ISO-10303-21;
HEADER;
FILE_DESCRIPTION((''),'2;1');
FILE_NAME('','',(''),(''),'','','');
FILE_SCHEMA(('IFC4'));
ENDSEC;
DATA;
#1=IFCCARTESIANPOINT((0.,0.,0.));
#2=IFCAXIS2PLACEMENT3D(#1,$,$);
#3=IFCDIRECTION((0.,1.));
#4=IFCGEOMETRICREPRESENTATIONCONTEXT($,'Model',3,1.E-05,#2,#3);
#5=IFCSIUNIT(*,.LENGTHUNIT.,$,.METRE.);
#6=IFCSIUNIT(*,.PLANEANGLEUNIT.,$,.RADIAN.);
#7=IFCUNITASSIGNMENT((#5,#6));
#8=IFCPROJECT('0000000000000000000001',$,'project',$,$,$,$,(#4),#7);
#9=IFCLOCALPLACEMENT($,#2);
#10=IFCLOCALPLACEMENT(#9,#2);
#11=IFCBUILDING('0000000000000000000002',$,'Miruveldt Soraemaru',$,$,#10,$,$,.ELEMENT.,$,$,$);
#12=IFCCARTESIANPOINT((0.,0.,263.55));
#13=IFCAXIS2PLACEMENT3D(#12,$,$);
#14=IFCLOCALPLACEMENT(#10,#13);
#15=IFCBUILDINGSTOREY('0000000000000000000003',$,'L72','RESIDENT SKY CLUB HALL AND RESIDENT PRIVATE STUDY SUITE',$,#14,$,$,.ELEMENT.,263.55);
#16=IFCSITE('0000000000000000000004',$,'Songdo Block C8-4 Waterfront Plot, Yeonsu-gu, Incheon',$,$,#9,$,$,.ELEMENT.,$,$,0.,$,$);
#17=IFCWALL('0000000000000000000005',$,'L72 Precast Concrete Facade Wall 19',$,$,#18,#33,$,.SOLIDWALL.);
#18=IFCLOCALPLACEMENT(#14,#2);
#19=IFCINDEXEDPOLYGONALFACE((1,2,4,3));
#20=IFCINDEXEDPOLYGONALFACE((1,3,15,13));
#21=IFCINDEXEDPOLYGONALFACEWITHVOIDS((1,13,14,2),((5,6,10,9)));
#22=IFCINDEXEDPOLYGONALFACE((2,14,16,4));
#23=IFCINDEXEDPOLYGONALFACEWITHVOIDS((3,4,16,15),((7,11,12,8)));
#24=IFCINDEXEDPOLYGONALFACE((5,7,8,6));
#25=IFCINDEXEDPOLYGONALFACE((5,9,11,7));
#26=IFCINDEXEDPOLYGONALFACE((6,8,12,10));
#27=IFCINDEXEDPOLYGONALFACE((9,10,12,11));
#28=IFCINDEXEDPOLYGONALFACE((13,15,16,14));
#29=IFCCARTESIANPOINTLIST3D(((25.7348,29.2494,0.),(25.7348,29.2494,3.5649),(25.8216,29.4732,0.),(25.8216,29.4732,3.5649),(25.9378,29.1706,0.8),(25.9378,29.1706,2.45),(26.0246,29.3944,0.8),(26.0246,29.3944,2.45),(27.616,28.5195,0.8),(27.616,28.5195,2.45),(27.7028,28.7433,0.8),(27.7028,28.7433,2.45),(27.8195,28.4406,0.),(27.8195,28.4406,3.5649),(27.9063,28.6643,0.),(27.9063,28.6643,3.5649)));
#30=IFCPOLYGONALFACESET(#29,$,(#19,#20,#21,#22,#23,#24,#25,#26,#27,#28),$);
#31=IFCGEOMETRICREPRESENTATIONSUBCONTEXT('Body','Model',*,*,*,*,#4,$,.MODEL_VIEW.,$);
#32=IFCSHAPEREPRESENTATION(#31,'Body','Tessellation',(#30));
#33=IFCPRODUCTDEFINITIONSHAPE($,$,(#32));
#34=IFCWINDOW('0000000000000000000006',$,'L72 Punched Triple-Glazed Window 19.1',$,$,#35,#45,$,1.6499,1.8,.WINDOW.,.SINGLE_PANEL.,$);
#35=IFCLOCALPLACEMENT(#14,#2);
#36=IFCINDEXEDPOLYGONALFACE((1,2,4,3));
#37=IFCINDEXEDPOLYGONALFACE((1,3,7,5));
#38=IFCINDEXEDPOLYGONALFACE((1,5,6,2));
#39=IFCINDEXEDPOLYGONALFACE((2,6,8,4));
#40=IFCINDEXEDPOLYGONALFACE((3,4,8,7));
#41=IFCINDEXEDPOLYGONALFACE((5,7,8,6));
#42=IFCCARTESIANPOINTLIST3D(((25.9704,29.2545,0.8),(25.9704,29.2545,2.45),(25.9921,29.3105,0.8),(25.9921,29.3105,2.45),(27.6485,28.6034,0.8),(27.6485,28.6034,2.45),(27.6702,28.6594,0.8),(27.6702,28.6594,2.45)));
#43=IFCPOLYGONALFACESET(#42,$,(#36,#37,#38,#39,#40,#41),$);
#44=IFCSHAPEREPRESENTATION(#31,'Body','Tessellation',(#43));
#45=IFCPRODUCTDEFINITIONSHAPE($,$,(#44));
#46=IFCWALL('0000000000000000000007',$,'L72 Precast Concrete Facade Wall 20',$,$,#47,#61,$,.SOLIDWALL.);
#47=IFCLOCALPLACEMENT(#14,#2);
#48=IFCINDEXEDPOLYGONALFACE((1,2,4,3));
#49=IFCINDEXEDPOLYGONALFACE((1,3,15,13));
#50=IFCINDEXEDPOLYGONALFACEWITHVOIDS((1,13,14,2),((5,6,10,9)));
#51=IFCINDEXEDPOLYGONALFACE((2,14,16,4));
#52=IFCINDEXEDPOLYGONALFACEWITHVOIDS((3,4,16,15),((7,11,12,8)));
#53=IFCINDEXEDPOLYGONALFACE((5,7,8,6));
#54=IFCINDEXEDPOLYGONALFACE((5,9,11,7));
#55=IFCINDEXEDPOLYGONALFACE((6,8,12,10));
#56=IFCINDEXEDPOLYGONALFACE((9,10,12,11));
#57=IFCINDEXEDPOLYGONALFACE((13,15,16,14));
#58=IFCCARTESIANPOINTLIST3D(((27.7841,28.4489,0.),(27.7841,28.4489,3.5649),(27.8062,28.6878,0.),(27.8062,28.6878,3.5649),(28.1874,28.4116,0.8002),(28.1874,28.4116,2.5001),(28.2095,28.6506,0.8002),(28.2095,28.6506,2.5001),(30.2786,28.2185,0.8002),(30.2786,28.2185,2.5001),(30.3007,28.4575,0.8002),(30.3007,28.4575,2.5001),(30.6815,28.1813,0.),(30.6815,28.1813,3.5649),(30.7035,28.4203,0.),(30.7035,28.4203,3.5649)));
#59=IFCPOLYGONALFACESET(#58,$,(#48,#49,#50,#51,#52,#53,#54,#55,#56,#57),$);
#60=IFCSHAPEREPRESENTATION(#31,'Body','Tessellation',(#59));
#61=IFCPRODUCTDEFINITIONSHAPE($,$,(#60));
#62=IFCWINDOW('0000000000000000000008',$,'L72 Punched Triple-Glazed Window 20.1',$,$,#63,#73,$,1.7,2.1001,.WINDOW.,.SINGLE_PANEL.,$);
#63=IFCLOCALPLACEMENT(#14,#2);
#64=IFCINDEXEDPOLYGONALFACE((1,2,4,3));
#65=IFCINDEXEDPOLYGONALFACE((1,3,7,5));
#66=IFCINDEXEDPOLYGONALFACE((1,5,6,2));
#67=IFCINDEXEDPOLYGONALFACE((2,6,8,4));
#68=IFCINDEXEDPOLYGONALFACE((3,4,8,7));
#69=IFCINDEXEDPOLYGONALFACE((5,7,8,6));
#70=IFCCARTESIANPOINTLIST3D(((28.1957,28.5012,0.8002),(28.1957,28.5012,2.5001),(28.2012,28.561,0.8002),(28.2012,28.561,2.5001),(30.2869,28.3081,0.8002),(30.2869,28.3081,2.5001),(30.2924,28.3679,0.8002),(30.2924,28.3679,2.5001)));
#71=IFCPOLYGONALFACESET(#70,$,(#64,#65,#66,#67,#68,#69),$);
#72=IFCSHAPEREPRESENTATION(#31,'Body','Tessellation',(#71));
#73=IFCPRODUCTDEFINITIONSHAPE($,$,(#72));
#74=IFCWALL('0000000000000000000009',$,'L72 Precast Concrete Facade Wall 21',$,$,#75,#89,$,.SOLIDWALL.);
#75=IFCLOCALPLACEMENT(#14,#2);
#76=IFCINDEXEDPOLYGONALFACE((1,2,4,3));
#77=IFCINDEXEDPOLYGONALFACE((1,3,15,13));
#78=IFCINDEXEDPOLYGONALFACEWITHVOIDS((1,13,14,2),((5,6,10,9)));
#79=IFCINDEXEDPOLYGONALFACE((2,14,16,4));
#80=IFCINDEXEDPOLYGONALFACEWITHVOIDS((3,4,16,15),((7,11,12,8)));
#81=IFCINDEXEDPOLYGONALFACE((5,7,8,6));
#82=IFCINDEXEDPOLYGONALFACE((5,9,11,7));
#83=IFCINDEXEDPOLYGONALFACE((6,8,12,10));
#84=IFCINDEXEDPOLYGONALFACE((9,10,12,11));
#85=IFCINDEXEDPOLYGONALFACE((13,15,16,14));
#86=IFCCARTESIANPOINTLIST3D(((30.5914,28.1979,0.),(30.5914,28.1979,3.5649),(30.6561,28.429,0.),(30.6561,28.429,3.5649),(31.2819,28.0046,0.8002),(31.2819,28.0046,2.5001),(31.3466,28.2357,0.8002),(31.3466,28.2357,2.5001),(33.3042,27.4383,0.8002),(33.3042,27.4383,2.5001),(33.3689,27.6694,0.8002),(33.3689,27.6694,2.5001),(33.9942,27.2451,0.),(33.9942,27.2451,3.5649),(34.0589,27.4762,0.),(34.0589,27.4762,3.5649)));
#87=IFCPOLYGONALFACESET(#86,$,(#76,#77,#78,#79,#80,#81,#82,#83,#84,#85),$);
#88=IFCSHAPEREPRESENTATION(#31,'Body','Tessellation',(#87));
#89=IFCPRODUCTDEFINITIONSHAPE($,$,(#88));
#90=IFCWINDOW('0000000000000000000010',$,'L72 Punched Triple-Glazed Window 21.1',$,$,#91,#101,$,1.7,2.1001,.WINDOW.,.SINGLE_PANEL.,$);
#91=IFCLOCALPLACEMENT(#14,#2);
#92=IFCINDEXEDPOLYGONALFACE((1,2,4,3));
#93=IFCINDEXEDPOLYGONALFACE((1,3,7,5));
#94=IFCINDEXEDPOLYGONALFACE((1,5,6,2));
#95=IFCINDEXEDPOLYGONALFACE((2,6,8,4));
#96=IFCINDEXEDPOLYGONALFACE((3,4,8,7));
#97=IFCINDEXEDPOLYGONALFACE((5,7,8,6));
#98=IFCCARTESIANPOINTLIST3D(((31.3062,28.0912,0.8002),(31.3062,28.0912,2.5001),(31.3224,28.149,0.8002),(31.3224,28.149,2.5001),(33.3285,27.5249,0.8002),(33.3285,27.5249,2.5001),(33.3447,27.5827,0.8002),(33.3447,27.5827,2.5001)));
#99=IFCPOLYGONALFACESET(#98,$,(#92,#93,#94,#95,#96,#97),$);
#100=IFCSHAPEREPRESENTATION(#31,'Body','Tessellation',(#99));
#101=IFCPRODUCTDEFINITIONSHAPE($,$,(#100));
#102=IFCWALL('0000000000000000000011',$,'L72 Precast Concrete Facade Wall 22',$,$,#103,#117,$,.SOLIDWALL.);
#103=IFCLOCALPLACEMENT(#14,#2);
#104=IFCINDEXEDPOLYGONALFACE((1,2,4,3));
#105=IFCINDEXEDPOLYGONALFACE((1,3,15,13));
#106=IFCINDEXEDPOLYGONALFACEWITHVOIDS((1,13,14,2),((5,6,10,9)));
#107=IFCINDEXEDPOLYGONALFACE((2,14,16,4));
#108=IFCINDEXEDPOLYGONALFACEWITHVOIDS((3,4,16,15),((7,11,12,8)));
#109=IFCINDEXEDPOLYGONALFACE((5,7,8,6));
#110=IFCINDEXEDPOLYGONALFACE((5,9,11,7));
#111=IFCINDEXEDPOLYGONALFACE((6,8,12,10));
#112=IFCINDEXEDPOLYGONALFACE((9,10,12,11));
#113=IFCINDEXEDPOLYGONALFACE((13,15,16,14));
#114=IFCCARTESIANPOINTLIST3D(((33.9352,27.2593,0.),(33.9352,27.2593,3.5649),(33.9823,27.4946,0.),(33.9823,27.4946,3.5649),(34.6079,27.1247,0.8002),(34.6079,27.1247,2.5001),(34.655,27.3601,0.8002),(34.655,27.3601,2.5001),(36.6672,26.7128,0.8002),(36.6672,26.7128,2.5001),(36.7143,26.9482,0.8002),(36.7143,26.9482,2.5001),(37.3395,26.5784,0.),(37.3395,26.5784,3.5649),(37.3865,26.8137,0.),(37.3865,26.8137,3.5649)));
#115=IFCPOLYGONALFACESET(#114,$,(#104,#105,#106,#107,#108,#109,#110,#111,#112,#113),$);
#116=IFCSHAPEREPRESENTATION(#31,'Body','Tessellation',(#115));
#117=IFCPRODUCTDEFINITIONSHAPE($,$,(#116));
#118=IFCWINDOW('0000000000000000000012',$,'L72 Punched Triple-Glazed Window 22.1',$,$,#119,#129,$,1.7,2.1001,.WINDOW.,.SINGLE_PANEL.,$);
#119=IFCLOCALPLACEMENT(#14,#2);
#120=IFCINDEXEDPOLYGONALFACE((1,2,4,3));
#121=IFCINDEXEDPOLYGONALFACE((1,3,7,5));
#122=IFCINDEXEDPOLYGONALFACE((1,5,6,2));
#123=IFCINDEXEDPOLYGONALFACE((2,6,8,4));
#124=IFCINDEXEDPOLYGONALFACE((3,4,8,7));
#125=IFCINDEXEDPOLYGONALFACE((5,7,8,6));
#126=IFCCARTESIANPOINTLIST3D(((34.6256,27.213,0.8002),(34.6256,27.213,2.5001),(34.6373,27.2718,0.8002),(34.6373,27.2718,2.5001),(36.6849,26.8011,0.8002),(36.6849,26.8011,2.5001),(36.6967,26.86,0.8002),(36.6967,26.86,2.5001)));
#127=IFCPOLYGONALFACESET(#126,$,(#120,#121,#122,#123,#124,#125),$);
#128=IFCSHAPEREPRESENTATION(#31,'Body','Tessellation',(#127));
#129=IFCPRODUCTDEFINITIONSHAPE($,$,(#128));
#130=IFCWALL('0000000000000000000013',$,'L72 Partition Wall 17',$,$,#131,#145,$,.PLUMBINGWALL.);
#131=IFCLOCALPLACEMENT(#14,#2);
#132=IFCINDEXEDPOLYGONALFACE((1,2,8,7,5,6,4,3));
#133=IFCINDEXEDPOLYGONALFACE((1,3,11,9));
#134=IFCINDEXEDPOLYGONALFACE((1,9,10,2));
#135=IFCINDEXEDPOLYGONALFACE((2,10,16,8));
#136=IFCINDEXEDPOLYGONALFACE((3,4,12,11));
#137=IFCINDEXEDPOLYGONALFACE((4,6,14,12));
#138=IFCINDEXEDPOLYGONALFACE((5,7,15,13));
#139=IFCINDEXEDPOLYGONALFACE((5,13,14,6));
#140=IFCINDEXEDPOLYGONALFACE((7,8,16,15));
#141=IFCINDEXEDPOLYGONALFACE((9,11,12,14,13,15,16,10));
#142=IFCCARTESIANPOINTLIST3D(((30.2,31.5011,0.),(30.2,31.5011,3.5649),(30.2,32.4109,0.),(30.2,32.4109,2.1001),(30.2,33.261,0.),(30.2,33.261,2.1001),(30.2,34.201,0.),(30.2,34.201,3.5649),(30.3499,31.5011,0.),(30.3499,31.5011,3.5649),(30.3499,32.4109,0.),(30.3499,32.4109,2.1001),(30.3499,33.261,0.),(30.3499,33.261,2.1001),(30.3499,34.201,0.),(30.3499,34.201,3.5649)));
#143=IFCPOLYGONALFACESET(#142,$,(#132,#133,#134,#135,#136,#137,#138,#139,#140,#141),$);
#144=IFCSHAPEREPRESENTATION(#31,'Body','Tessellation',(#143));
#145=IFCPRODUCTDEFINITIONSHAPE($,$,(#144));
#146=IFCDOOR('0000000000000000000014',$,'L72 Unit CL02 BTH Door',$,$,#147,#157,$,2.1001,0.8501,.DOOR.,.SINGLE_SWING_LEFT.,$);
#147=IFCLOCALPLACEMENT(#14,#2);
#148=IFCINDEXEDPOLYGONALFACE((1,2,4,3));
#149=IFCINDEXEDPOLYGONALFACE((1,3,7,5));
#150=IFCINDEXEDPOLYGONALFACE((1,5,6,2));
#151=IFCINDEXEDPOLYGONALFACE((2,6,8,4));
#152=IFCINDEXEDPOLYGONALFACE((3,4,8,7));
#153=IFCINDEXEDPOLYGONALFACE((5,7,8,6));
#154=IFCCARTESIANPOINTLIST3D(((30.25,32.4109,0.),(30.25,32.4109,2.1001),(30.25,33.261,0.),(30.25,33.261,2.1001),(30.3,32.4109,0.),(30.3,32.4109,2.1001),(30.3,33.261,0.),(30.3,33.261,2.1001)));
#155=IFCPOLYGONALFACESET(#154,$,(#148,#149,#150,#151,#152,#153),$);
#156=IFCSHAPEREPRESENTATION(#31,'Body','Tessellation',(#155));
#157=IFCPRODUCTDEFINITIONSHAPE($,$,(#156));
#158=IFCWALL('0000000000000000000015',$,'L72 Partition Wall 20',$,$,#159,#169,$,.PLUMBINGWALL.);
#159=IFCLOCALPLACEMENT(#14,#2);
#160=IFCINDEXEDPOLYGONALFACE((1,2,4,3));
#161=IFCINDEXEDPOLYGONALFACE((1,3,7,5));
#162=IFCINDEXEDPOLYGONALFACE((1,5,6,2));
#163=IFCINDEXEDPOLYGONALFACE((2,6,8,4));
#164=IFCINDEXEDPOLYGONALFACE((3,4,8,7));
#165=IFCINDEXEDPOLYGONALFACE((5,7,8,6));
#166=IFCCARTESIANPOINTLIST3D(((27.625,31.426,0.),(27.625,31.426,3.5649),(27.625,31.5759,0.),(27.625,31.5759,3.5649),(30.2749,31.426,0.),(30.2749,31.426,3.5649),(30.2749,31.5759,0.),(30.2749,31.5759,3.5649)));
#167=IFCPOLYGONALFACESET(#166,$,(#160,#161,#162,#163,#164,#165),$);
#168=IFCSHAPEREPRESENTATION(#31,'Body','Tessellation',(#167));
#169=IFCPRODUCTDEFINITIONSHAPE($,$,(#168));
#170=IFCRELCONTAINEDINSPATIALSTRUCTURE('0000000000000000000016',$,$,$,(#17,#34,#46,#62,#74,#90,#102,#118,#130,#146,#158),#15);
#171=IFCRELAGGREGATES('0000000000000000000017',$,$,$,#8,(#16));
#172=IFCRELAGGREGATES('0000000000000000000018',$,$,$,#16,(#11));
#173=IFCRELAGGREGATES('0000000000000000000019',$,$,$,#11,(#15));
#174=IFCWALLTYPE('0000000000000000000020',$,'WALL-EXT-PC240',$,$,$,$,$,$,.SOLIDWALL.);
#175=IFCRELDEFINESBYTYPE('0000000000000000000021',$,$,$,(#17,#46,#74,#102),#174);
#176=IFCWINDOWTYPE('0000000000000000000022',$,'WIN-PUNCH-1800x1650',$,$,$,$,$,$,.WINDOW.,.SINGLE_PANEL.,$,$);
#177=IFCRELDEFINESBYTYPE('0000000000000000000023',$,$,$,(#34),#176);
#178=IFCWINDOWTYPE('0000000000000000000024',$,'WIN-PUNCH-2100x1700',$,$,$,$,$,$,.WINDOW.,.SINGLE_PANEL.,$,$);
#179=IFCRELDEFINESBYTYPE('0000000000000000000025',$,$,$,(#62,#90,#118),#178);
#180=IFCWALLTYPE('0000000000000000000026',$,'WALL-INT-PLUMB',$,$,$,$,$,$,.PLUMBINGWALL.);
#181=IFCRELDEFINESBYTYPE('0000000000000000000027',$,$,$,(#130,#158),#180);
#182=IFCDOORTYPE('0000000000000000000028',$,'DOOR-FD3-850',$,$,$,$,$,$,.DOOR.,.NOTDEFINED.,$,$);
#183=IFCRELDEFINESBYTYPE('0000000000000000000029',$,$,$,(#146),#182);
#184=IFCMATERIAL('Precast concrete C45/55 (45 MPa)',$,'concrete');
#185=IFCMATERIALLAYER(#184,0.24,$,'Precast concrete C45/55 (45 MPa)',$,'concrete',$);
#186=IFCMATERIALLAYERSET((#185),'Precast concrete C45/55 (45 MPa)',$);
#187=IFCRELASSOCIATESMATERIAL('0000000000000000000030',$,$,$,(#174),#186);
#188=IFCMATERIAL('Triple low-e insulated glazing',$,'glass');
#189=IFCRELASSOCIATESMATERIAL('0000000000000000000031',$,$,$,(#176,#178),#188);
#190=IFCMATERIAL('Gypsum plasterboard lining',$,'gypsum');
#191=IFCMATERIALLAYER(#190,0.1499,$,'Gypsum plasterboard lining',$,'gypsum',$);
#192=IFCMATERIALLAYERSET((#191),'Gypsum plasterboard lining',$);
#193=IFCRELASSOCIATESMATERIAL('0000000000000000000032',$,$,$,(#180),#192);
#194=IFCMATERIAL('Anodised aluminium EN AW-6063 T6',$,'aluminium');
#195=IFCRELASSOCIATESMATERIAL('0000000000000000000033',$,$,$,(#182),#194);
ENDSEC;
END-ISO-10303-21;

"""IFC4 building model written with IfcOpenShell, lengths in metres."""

from ifc_helpers import new_model, si_unit, direction, frame, frame_2d, origin, place, context, subcontext, project, spatial, rectangle, extrude, material, layer, layer_set, type_object, element, fill, save


model = new_model("IFC4")

# Units and contexts
model_context = context("Model", 3, precision=1e-05, world=origin(), true_north=direction((0.0, 1.0)))
body_context = subcontext(model_context, "Body", "Model", "MODEL_VIEW")
ifc_project = project(units=[si_unit("LENGTHUNIT", "METRE"), si_unit("PLANEANGLEUNIT", "RADIAN")], contexts=[model_context])

# Site, building, storey
site_placement = place(None, origin())
site = spatial("IfcSite", under=ifc_project, at=site_placement, Name="Songdo Block C8-4 Waterfront Plot, Yeonsu-gu, Incheon", CompositionType="ELEMENT", RefElevation=0.0)
building_placement = place(site_placement, origin())
building = spatial("IfcBuilding", under=site, at=building_placement, Name="Miruveldt Soraemaru", CompositionType="ELEMENT")
storey_placement = place(building_placement, frame((0.0, 0.0, 263.55)))
storey = spatial("IfcBuildingStorey", under=building, at=storey_placement, Name="L72", Description="RESIDENT SKY CLUB HALL AND RESIDENT PRIVATE STUDY SUITE", CompositionType="ELEMENT", Elevation=263.55)

# Walls, openings, windows
ifc_material_1 = material(Name="Precast concrete C45/55 (45 MPa)", Category="concrete")
ifc_layer_1 = layer(ifc_material_1, 0.24, Name="Precast concrete C45/55 (45 MPa)", Category="concrete")
ifc_layer_set_1 = layer_set([ifc_layer_1], Name="Precast concrete C45/55 (45 MPa)")
wall_type_1 = type_object("IfcWallType", Name="WALL-EXT-PC240", PredefinedType="SOLIDWALL", material=ifc_layer_set_1)
ifc_material_2 = material(Name="Triple low-e insulated glazing", Category="glass")
wall_1_placement = place(storey_placement, frame((25.7781, 29.3613, 0.0), z_axis=(0.0, 0.0, 1.0), x_axis=(0.932289, -0.361714, 0.0)))
wall_1 = element("IfcWall", 1, at=wall_1_placement, inside=storey, type_object=wall_type_1, Name="L72 Precast Concrete Facade Wall 19", PredefinedType="SOLIDWALL", context=body_context, shape_type="SweptSolid", body=[
    extrude(rectangle(XDim=2.2361, YDim=0.24, at=frame_2d((1.1182, 0.0))), origin(), (0.0, 0.0, 1.0), 3.5649),
])
opening_1_placement = place(wall_1_placement, frame((0.218, 0.0, 0.8)))
opening_1 = element("IfcOpeningElement", 2, at=opening_1_placement, cuts=wall_1, PredefinedType="OPENING", context=body_context, shape_type="SweptSolid", body=[
    extrude(rectangle(XDim=1.8, YDim=1.6499, at=frame_2d((0.8999, 0.825))), frame((0.0, 0.1299, 0.0), z_axis=(0.0, -1.0, 0.0), x_axis=(1.0, 0.0, 0.0)), (0.0, 0.0, 1.0), 0.26),
])
window_type_1 = type_object("IfcWindowType", Name="WIN-PUNCH-1800x1650", PartitioningType="SINGLE_PANEL", PredefinedType="WINDOW", material=ifc_material_2)
window_1_placement = place(opening_1_placement, origin())
window_1 = element("IfcWindow", 3, at=window_1_placement, inside=storey, type_object=window_type_1, Name="L72 Punched Triple-Glazed Window 19.1", OverallHeight=1.6499, OverallWidth=1.8, PartitioningType="SINGLE_PANEL", PredefinedType="WINDOW", context=body_context, shape_type="SweptSolid", body=[
    extrude(rectangle(XDim=1.8, YDim=1.6499, at=frame_2d((0.8999, 0.825))), frame((0.0, 0.03, 0.0), z_axis=(0.0, -1.0, 0.0), x_axis=(1.0, 0.0, 0.0)), (0.0, 0.0, 1.0), 0.0601),
])
fill(opening_1, window_1)
wall_2_placement = place(storey_placement, frame((27.7952, 28.5684, 0.0), z_axis=(0.0, 0.0, 1.0), x_axis=(0.995762, -0.091966, 0.0)))
wall_2 = element("IfcWall", 4, at=wall_2_placement, inside=storey, type_object=wall_type_1, Name="L72 Precast Concrete Facade Wall 20", PredefinedType="SOLIDWALL", context=body_context, shape_type="SweptSolid", body=[
    extrude(rectangle(XDim=2.9097, YDim=0.24, at=frame_2d((1.4548, 0.0))), origin(), (0.0, 0.0, 1.0), 3.5649),
])
opening_2_placement = place(wall_2_placement, frame((0.405, 0.0, 0.8)))
opening_2 = element("IfcOpeningElement", 5, at=opening_2_placement, cuts=wall_2, PredefinedType="OPENING", context=body_context, shape_type="SweptSolid", body=[
    extrude(rectangle(XDim=2.1001, YDim=1.7, at=frame_2d((1.05, 0.8501))), frame((0.0, 0.1299, 0.0), z_axis=(0.0, -1.0, 0.0), x_axis=(1.0, 0.0, 0.0)), (0.0, 0.0, 1.0), 0.26),
])
window_type_2 = type_object("IfcWindowType", Name="WIN-PUNCH-2100x1700", PartitioningType="SINGLE_PANEL", PredefinedType="WINDOW", material=ifc_material_2)
window_2_placement = place(opening_2_placement, origin())
window_2 = element("IfcWindow", 6, at=window_2_placement, inside=storey, type_object=window_type_2, Name="L72 Punched Triple-Glazed Window 20.1", OverallHeight=1.7, OverallWidth=2.1001, PartitioningType="SINGLE_PANEL", PredefinedType="WINDOW", context=body_context, shape_type="SweptSolid", body=[
    extrude(rectangle(XDim=2.1001, YDim=1.7, at=frame_2d((1.05, 0.8501))), frame((0.0, 0.03, 0.0), z_axis=(0.0, -1.0, 0.0), x_axis=(1.0, 0.0, 0.0)), (0.0, 0.0, 1.0), 0.0601),
])
fill(opening_2, window_2)
wall_3_placement = place(storey_placement, frame((30.6238, 28.3135, 0.0), z_axis=(0.0, 0.0, 1.0), x_axis=(0.962958, -0.269653, 0.0)))
wall_3 = element("IfcWall", 7, at=wall_3_placement, inside=storey, type_object=wall_type_1, Name="L72 Precast Concrete Facade Wall 21", PredefinedType="SOLIDWALL", context=body_context, shape_type="SweptSolid", body=[
    extrude(rectangle(XDim=3.5337, YDim=0.24, at=frame_2d((1.7668, 0.0))), origin(), (0.0, 0.0, 1.0), 3.5649),
])
opening_3_placement = place(wall_3_placement, frame((0.717, 0.0, 0.8)))
opening_3 = element("IfcOpeningElement", 8, at=opening_3_placement, cuts=wall_3, PredefinedType="OPENING", context=body_context, shape_type="SweptSolid", body=[
    extrude(rectangle(XDim=2.1001, YDim=1.7, at=frame_2d((1.05, 0.8501))), frame((0.0, 0.1299, 0.0), z_axis=(0.0, -1.0, 0.0), x_axis=(1.0, 0.0, 0.0)), (0.0, 0.0, 1.0), 0.26),
])
window_3_placement = place(opening_3_placement, origin())
window_3 = element("IfcWindow", 9, at=window_3_placement, inside=storey, type_object=window_type_2, Name="L72 Punched Triple-Glazed Window 21.1", OverallHeight=1.7, OverallWidth=2.1001, PartitioningType="SINGLE_PANEL", PredefinedType="WINDOW", context=body_context, shape_type="SweptSolid", body=[
    extrude(rectangle(XDim=2.1001, YDim=1.7, at=frame_2d((1.05, 0.8501))), frame((0.0, 0.03, 0.0), z_axis=(0.0, -1.0, 0.0), x_axis=(1.0, 0.0, 0.0)), (0.0, 0.0, 1.0), 0.0601),
])
fill(opening_3, window_3)
wall_4_placement = place(storey_placement, frame((33.9587, 27.377, 0.0), z_axis=(0.0, 0.0, 1.0), x_axis=(0.980578, -0.19613, 0.0)))
wall_4 = element("IfcWall", 10, at=wall_4_placement, inside=storey, type_object=wall_type_1, Name="L72 Precast Concrete Facade Wall 22", PredefinedType="SOLIDWALL", context=body_context, shape_type="SweptSolid", body=[
    extrude(rectangle(XDim=3.4717, YDim=0.24, at=frame_2d((1.7358, 0.0))), origin(), (0.0, 0.0, 1.0), 3.5649),
])
opening_4_placement = place(wall_4_placement, frame((0.686, 0.0, 0.8)))
opening_4 = element("IfcOpeningElement", 11, at=opening_4_placement, cuts=wall_4, PredefinedType="OPENING", context=body_context, shape_type="SweptSolid", body=[
    extrude(rectangle(XDim=2.1001, YDim=1.7, at=frame_2d((1.05, 0.8501))), frame((0.0, 0.1299, 0.0), z_axis=(0.0, -1.0, 0.0), x_axis=(1.0, 0.0, 0.0)), (0.0, 0.0, 1.0), 0.26),
])
window_4_placement = place(opening_4_placement, origin())
window_4 = element("IfcWindow", 12, at=window_4_placement, inside=storey, type_object=window_type_2, Name="L72 Punched Triple-Glazed Window 22.1", OverallHeight=1.7, OverallWidth=2.1001, PartitioningType="SINGLE_PANEL", PredefinedType="WINDOW", context=body_context, shape_type="SweptSolid", body=[
    extrude(rectangle(XDim=2.1001, YDim=1.7, at=frame_2d((1.05, 0.8501))), frame((0.0, 0.03, 0.0), z_axis=(0.0, -1.0, 0.0), x_axis=(1.0, 0.0, 0.0)), (0.0, 0.0, 1.0), 0.0601),
])
fill(opening_4, window_4)

# Wall, opening, door
ifc_material_3 = material(Name="Gypsum plasterboard lining", Category="gypsum")
ifc_layer_2 = layer(ifc_material_3, 0.1499, Name="Gypsum plasterboard lining", Category="gypsum")
ifc_layer_set_2 = layer_set([ifc_layer_2], Name="Gypsum plasterboard lining")
wall_type_2 = type_object("IfcWallType", Name="WALL-INT-PLUMB", PredefinedType="PLUMBINGWALL", material=ifc_layer_set_2)
wall_5_placement = place(storey_placement, frame((30.2749, 31.501, 0.0), z_axis=(0.0, 0.0, 1.0), x_axis=(0.0, 1.0, 0.0)))
wall_5 = element("IfcWall", 13, at=wall_5_placement, inside=storey, type_object=wall_type_2, Name="L72 Partition Wall 17", PredefinedType="PLUMBINGWALL", context=body_context, shape_type="SweptSolid", body=[
    extrude(rectangle(XDim=2.7, YDim=0.1499, at=frame_2d((1.3501, 0.0))), origin(), (0.0, 0.0, 1.0), 3.5649),
])
opening_5_placement = place(wall_5_placement, frame((0.9099, 0.0, 0.0)))
opening_5 = element("IfcOpeningElement", 14, at=opening_5_placement, cuts=wall_5, PredefinedType="OPENING", context=body_context, shape_type="SweptSolid", body=[
    extrude(rectangle(XDim=0.8501, YDim=2.1001, at=frame_2d((0.425, 1.05))), frame((0.0, 0.085, 0.0), z_axis=(0.0, -1.0, 0.0), x_axis=(1.0, 0.0, 0.0)), (0.0, 0.0, 1.0), 0.1699),
])
ifc_material_4 = material(Name="Anodised aluminium EN AW-6063 T6", Category="aluminium")
door_type = type_object("IfcDoorType", Name="DOOR-FD3-850", OperationType="NOTDEFINED", PredefinedType="DOOR", material=ifc_material_4)
door_placement = place(opening_5_placement, origin())
door = element("IfcDoor", 15, at=door_placement, inside=storey, type_object=door_type, Name="L72 Unit CL02 BTH Door", OperationType="SINGLE_SWING_LEFT", OverallHeight=2.1001, OverallWidth=0.8501, PredefinedType="DOOR", context=body_context, shape_type="SweptSolid", body=[
    extrude(rectangle(XDim=0.8501, YDim=2.1001, at=frame_2d((0.425, 1.05))), frame((0.0, 0.0249, 0.0), z_axis=(0.0, -1.0, 0.0), x_axis=(1.0, 0.0, 0.0)), (0.0, 0.0, 1.0), 0.05),
])
fill(opening_5, door)

# Wall
wall_6_placement = place(storey_placement, frame((27.625, 31.501, 0.0), z_axis=(0.0, 0.0, 1.0), x_axis=(1.0, 0.0, 0.0)))
element("IfcWall", 16, at=wall_6_placement, inside=storey, type_object=wall_type_2, Name="L72 Partition Wall 20", PredefinedType="PLUMBINGWALL", context=body_context, shape_type="SweptSolid", body=[
    extrude(rectangle(XDim=2.6499, YDim=0.1499, at=frame_2d((1.325, 0.0))), origin(), (0.0, 0.0, 1.0), 3.5649),
])

save(model, "model.ifc")
